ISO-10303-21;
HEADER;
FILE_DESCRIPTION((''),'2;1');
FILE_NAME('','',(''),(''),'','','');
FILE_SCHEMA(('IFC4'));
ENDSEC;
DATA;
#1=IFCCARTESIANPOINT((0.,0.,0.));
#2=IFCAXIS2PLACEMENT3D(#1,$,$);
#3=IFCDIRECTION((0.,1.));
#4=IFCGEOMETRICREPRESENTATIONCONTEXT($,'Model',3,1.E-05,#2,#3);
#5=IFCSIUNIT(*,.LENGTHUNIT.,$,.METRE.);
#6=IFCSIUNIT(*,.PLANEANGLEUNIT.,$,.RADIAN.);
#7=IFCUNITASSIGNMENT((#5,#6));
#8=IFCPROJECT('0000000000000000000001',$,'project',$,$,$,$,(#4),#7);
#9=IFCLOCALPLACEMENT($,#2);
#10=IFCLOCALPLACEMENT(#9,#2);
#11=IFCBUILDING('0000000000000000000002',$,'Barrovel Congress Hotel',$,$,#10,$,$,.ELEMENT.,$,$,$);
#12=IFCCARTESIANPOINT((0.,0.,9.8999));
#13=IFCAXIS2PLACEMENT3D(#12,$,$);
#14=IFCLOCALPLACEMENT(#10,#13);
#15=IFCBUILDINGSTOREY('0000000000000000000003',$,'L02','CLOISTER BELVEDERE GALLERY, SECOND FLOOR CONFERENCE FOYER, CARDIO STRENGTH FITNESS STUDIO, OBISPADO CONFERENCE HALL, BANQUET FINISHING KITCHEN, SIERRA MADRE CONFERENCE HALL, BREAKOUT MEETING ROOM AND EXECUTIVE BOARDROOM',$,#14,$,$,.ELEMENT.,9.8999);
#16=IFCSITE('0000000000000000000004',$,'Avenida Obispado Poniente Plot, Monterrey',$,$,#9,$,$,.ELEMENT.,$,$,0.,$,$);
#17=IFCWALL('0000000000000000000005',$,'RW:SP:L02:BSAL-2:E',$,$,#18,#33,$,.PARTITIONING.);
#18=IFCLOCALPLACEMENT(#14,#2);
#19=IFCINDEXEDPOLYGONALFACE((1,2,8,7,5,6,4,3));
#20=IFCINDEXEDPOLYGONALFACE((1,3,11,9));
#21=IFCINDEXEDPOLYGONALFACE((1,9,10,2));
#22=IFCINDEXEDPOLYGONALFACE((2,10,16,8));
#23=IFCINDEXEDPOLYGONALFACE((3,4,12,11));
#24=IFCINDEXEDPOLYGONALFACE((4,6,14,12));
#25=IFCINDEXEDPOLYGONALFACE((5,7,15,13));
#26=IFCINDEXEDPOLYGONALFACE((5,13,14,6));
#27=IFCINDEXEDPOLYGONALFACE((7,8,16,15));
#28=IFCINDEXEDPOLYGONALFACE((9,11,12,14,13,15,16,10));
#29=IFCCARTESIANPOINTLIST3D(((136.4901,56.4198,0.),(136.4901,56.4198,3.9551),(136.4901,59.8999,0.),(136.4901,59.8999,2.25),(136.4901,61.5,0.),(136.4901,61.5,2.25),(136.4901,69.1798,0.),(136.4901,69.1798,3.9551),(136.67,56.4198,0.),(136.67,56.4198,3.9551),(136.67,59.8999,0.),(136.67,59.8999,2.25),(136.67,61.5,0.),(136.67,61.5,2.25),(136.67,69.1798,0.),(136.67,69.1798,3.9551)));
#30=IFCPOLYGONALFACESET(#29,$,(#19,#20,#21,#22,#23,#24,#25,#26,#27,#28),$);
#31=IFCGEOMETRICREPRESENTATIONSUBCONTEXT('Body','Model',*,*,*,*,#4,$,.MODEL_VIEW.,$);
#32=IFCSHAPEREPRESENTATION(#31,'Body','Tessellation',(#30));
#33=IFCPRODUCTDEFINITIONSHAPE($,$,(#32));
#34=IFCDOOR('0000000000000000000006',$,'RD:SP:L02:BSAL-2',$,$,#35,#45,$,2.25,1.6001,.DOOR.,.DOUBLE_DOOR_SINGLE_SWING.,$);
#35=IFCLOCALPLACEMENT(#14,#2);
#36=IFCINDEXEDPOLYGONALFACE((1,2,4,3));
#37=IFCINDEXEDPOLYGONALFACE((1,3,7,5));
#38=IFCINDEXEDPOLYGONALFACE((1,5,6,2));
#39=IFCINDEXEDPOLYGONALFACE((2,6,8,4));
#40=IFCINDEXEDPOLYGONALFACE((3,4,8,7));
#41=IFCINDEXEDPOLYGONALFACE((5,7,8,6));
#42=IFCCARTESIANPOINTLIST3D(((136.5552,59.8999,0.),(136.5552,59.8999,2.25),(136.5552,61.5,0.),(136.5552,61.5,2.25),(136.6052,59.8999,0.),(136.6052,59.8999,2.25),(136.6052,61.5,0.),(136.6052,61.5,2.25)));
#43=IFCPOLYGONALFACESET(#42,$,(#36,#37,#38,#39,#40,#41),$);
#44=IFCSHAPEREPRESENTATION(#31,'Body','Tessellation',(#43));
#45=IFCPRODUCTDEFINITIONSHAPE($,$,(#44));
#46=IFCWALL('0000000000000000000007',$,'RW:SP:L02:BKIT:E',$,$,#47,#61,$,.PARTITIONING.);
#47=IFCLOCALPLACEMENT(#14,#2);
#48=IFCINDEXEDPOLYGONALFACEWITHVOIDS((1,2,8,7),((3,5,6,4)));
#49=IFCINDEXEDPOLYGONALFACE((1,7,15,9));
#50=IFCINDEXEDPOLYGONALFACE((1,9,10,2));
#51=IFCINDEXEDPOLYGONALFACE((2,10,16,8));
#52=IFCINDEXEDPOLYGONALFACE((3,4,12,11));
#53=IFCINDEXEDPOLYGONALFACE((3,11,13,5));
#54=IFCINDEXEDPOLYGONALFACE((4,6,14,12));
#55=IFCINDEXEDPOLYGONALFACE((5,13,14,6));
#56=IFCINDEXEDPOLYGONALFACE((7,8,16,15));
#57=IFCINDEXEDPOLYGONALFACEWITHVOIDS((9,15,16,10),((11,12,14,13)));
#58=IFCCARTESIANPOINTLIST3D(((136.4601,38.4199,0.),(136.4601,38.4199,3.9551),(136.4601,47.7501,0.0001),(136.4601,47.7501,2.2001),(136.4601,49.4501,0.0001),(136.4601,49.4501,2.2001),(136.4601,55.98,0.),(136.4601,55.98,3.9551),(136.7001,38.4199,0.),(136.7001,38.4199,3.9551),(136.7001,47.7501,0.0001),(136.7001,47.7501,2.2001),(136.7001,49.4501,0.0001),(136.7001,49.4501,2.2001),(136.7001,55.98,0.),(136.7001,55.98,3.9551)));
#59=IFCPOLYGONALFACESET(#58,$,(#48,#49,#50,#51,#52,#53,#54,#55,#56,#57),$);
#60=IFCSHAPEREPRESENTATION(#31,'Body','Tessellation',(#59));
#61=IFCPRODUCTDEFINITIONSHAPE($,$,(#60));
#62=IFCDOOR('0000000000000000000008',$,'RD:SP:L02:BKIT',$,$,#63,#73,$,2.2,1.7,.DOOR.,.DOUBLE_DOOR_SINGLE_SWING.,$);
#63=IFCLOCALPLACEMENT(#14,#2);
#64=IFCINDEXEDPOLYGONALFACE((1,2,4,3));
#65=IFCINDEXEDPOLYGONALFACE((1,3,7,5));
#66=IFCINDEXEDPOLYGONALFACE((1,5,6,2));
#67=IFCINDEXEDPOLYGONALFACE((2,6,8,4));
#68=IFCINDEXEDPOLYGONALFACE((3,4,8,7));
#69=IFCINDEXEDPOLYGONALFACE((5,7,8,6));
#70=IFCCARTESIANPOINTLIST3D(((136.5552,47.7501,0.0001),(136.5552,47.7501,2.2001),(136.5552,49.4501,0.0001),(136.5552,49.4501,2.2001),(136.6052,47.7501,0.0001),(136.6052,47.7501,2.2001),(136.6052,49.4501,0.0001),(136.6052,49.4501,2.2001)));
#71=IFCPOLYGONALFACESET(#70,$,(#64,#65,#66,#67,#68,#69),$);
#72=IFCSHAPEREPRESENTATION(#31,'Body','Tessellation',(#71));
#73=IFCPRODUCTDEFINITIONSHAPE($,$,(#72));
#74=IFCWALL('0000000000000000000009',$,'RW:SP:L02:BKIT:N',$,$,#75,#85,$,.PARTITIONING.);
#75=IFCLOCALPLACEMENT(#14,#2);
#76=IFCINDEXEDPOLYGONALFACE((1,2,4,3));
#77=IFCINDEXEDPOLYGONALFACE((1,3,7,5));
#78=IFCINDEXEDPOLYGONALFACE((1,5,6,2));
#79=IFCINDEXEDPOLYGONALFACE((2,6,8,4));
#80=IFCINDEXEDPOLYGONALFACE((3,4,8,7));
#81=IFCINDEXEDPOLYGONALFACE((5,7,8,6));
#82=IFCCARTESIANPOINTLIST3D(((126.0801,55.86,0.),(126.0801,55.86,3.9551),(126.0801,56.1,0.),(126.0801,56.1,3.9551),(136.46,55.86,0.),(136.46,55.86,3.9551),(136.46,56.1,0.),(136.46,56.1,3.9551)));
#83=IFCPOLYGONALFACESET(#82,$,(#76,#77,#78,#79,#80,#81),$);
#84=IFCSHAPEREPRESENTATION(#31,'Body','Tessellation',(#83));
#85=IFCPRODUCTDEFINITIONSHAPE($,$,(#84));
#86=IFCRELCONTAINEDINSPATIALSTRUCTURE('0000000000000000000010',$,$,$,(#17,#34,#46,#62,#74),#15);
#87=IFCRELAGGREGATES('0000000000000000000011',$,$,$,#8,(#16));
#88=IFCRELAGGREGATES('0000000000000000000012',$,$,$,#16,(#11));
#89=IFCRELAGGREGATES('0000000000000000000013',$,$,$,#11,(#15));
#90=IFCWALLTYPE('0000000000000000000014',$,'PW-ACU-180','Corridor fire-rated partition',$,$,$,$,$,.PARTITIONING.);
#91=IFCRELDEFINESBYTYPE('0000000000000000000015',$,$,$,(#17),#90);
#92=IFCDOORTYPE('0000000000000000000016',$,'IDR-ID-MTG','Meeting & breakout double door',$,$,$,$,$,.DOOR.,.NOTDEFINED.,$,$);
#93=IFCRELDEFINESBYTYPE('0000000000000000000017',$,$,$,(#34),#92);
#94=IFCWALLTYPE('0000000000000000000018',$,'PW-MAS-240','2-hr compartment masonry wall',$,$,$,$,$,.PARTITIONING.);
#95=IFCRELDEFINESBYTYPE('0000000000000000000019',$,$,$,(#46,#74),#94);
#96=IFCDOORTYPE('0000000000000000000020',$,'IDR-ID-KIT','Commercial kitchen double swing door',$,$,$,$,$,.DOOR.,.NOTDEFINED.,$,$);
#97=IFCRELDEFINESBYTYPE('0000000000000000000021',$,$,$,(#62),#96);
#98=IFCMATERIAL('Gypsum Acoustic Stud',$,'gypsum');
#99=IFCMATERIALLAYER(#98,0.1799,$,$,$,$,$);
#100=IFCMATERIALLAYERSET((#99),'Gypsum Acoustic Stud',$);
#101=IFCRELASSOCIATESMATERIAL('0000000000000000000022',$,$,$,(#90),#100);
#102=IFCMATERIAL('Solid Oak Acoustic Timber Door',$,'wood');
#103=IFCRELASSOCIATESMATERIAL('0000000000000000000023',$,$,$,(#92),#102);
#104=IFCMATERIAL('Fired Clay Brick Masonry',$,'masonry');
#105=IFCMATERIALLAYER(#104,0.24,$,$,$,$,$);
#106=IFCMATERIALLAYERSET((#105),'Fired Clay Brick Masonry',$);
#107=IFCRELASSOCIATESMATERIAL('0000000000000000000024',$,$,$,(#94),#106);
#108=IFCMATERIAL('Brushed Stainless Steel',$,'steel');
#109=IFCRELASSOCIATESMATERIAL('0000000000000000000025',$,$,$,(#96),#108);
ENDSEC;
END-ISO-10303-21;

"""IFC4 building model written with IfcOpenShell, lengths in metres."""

from ifc_helpers import new_model, si_unit, direction, frame, frame_2d, origin, place, context, subcontext, project, spatial, rectangle, extrude, material, layer, layer_set, type_object, element, fill, save


model = new_model("IFC4")

# Units and contexts
model_context = context("Model", 3, precision=1e-05, world=origin(), true_north=direction((0.0, 1.0)))
body_context = subcontext(model_context, "Body", "Model", "MODEL_VIEW")
ifc_project = project(units=[si_unit("LENGTHUNIT", "METRE"), si_unit("PLANEANGLEUNIT", "RADIAN")], contexts=[model_context])

# Site, building, storey
site_placement = place(None, origin())
site = spatial("IfcSite", under=ifc_project, at=site_placement, Name="Avenida Obispado Poniente Plot, Monterrey", CompositionType="ELEMENT", RefElevation=0.0)
building_placement = place(site_placement, origin())
building = spatial("IfcBuilding", under=site, at=building_placement, Name="Barrovel Congress Hotel", CompositionType="ELEMENT")
storey_placement = place(building_placement, frame((0.0, 0.0, 9.8999)))
storey = spatial("IfcBuildingStorey", under=building, at=storey_placement, Name="L02", Description="CLOISTER BELVEDERE GALLERY, SECOND FLOOR CONFERENCE FOYER, CARDIO STRENGTH FITNESS STUDIO, OBISPADO CONFERENCE HALL, BANQUET FINISHING KITCHEN, SIERRA MADRE CONFERENCE HALL, BREAKOUT MEETING ROOM AND EXECUTIVE BOARDROOM", CompositionType="ELEMENT", Elevation=9.8999)

# Walls, openings, doors
ifc_material_1 = material(Name="Gypsum Acoustic Stud", Category="gypsum")
ifc_layer_1 = layer(ifc_material_1, 0.1799)
ifc_layer_set_1 = layer_set([ifc_layer_1], Name="Gypsum Acoustic Stud")
wall_type_1 = type_object("IfcWallType", Name="PW-ACU-180", Description="Corridor fire-rated partition", PredefinedType="PARTITIONING", material=ifc_layer_set_1)
wall_1_placement = place(storey_placement, frame((136.5801, 56.4199, 0.0), z_axis=(0.0, 0.0, 1.0), x_axis=(0.0, 1.0, 0.0)))
wall_1 = element("IfcWall", 1, at=wall_1_placement, inside=storey, type_object=wall_type_1, Name="RW:SP:L02:BSAL-2:E", PredefinedType="PARTITIONING", context=body_context, shape_type="SweptSolid", body=[
    extrude(rectangle(XDim=12.76, YDim=0.1799, at=frame_2d((6.3799, 0.0))), origin(), (0.0, 0.0, 1.0), 3.9551),
])
opening_1_placement = place(wall_1_placement, frame((3.48, 0.0, 0.0)))
opening_1 = element("IfcOpeningElement", 2, at=opening_1_placement, cuts=wall_1, PredefinedType="OPENING", context=body_context, shape_type="SweptSolid", body=[
    extrude(rectangle(XDim=1.6001, YDim=2.25, at=frame_2d((0.8, 1.125))), frame((0.0, 0.1001, 0.0), z_axis=(0.0, -1.0, 0.0), x_axis=(1.0, 0.0, 0.0)), (0.0, 0.0, 1.0), 0.2),
])
ifc_material_2 = material(Name="Solid Oak Acoustic Timber Door", Category="wood")
door_type_1 = type_object("IfcDoorType", Name="IDR-ID-MTG", Description="Meeting & breakout double door", OperationType="NOTDEFINED", PredefinedType="DOOR", material=ifc_material_2)
door_1_placement = place(opening_1_placement, origin())
door_1 = element("IfcDoor", 3, at=door_1_placement, inside=storey, type_object=door_type_1, Name="RD:SP:L02:BSAL-2", OperationType="DOUBLE_DOOR_SINGLE_SWING", OverallHeight=2.25, OverallWidth=1.6001, PredefinedType="DOOR", context=body_context, shape_type="SweptSolid", body=[
    extrude(rectangle(XDim=1.6001, YDim=2.25, at=frame_2d((0.8, 1.125))), frame((0.0, 0.0249, 0.0), z_axis=(0.0, -1.0, 0.0), x_axis=(1.0, 0.0, 0.0)), (0.0, 0.0, 1.0), 0.05),
])
fill(opening_1, door_1)
ifc_material_3 = material(Name="Fired Clay Brick Masonry", Category="masonry")
ifc_layer_2 = layer(ifc_material_3, 0.24)
ifc_layer_set_2 = layer_set([ifc_layer_2], Name="Fired Clay Brick Masonry")
wall_type_2 = type_object("IfcWallType", Name="PW-MAS-240", Description="2-hr compartment masonry wall", PredefinedType="PARTITIONING", material=ifc_layer_set_2)
wall_2_placement = place(storey_placement, frame((136.5801, 38.4199, 0.0), z_axis=(0.0, 0.0, 1.0), x_axis=(0.0, 1.0, 0.0)))
wall_2 = element("IfcWall", 4, at=wall_2_placement, inside=storey, type_object=wall_type_2, Name="RW:SP:L02:BKIT:E", PredefinedType="PARTITIONING", context=body_context, shape_type="SweptSolid", body=[
    extrude(rectangle(XDim=17.5601, YDim=0.24, at=frame_2d((8.78, 0.0))), origin(), (0.0, 0.0, 1.0), 3.9551),
])
opening_2_placement = place(wall_2_placement, frame((9.3301, 0.0, 0.0)))
opening_2 = element("IfcOpeningElement", 5, at=opening_2_placement, cuts=wall_2, PredefinedType="OPENING", context=body_context, shape_type="SweptSolid", body=[
    extrude(rectangle(XDim=1.7, YDim=2.2, at=frame_2d((0.8501, 1.1001))), frame((0.0, 0.1299, 0.0), z_axis=(0.0, -1.0, 0.0), x_axis=(1.0, 0.0, 0.0)), (0.0, 0.0, 1.0), 0.26),
])
ifc_material_4 = material(Name="Brushed Stainless Steel", Category="steel")
door_type_2 = type_object("IfcDoorType", Name="IDR-ID-KIT", Description="Commercial kitchen double swing door", OperationType="NOTDEFINED", PredefinedType="DOOR", material=ifc_material_4)
door_2_placement = place(opening_2_placement, origin())
door_2 = element("IfcDoor", 6, at=door_2_placement, inside=storey, type_object=door_type_2, Name="RD:SP:L02:BKIT", OperationType="DOUBLE_DOOR_SINGLE_SWING", OverallHeight=2.2, OverallWidth=1.7, PredefinedType="DOOR", context=body_context, shape_type="SweptSolid", body=[
    extrude(rectangle(XDim=1.7, YDim=2.2, at=frame_2d((0.8501, 1.1001))), frame((0.0, 0.0249, 0.0), z_axis=(0.0, -1.0, 0.0), x_axis=(1.0, 0.0, 0.0)), (0.0, 0.0, 1.0), 0.05),
])
fill(opening_2, door_2)

# Wall
wall_3_placement = place(storey_placement, frame((126.0801, 55.98, 0.0), z_axis=(0.0, 0.0, 1.0), x_axis=(1.0, 0.0, 0.0)))
element("IfcWall", 7, at=wall_3_placement, inside=storey, type_object=wall_type_2, Name="RW:SP:L02:BKIT:N", PredefinedType="PARTITIONING", context=body_context, shape_type="SweptSolid", body=[
    extrude(rectangle(XDim=10.3799, YDim=0.24, at=frame_2d((5.1899, 0.0))), origin(), (0.0, 0.0, 1.0), 3.9551),
])

save(model, "model.ifc")
